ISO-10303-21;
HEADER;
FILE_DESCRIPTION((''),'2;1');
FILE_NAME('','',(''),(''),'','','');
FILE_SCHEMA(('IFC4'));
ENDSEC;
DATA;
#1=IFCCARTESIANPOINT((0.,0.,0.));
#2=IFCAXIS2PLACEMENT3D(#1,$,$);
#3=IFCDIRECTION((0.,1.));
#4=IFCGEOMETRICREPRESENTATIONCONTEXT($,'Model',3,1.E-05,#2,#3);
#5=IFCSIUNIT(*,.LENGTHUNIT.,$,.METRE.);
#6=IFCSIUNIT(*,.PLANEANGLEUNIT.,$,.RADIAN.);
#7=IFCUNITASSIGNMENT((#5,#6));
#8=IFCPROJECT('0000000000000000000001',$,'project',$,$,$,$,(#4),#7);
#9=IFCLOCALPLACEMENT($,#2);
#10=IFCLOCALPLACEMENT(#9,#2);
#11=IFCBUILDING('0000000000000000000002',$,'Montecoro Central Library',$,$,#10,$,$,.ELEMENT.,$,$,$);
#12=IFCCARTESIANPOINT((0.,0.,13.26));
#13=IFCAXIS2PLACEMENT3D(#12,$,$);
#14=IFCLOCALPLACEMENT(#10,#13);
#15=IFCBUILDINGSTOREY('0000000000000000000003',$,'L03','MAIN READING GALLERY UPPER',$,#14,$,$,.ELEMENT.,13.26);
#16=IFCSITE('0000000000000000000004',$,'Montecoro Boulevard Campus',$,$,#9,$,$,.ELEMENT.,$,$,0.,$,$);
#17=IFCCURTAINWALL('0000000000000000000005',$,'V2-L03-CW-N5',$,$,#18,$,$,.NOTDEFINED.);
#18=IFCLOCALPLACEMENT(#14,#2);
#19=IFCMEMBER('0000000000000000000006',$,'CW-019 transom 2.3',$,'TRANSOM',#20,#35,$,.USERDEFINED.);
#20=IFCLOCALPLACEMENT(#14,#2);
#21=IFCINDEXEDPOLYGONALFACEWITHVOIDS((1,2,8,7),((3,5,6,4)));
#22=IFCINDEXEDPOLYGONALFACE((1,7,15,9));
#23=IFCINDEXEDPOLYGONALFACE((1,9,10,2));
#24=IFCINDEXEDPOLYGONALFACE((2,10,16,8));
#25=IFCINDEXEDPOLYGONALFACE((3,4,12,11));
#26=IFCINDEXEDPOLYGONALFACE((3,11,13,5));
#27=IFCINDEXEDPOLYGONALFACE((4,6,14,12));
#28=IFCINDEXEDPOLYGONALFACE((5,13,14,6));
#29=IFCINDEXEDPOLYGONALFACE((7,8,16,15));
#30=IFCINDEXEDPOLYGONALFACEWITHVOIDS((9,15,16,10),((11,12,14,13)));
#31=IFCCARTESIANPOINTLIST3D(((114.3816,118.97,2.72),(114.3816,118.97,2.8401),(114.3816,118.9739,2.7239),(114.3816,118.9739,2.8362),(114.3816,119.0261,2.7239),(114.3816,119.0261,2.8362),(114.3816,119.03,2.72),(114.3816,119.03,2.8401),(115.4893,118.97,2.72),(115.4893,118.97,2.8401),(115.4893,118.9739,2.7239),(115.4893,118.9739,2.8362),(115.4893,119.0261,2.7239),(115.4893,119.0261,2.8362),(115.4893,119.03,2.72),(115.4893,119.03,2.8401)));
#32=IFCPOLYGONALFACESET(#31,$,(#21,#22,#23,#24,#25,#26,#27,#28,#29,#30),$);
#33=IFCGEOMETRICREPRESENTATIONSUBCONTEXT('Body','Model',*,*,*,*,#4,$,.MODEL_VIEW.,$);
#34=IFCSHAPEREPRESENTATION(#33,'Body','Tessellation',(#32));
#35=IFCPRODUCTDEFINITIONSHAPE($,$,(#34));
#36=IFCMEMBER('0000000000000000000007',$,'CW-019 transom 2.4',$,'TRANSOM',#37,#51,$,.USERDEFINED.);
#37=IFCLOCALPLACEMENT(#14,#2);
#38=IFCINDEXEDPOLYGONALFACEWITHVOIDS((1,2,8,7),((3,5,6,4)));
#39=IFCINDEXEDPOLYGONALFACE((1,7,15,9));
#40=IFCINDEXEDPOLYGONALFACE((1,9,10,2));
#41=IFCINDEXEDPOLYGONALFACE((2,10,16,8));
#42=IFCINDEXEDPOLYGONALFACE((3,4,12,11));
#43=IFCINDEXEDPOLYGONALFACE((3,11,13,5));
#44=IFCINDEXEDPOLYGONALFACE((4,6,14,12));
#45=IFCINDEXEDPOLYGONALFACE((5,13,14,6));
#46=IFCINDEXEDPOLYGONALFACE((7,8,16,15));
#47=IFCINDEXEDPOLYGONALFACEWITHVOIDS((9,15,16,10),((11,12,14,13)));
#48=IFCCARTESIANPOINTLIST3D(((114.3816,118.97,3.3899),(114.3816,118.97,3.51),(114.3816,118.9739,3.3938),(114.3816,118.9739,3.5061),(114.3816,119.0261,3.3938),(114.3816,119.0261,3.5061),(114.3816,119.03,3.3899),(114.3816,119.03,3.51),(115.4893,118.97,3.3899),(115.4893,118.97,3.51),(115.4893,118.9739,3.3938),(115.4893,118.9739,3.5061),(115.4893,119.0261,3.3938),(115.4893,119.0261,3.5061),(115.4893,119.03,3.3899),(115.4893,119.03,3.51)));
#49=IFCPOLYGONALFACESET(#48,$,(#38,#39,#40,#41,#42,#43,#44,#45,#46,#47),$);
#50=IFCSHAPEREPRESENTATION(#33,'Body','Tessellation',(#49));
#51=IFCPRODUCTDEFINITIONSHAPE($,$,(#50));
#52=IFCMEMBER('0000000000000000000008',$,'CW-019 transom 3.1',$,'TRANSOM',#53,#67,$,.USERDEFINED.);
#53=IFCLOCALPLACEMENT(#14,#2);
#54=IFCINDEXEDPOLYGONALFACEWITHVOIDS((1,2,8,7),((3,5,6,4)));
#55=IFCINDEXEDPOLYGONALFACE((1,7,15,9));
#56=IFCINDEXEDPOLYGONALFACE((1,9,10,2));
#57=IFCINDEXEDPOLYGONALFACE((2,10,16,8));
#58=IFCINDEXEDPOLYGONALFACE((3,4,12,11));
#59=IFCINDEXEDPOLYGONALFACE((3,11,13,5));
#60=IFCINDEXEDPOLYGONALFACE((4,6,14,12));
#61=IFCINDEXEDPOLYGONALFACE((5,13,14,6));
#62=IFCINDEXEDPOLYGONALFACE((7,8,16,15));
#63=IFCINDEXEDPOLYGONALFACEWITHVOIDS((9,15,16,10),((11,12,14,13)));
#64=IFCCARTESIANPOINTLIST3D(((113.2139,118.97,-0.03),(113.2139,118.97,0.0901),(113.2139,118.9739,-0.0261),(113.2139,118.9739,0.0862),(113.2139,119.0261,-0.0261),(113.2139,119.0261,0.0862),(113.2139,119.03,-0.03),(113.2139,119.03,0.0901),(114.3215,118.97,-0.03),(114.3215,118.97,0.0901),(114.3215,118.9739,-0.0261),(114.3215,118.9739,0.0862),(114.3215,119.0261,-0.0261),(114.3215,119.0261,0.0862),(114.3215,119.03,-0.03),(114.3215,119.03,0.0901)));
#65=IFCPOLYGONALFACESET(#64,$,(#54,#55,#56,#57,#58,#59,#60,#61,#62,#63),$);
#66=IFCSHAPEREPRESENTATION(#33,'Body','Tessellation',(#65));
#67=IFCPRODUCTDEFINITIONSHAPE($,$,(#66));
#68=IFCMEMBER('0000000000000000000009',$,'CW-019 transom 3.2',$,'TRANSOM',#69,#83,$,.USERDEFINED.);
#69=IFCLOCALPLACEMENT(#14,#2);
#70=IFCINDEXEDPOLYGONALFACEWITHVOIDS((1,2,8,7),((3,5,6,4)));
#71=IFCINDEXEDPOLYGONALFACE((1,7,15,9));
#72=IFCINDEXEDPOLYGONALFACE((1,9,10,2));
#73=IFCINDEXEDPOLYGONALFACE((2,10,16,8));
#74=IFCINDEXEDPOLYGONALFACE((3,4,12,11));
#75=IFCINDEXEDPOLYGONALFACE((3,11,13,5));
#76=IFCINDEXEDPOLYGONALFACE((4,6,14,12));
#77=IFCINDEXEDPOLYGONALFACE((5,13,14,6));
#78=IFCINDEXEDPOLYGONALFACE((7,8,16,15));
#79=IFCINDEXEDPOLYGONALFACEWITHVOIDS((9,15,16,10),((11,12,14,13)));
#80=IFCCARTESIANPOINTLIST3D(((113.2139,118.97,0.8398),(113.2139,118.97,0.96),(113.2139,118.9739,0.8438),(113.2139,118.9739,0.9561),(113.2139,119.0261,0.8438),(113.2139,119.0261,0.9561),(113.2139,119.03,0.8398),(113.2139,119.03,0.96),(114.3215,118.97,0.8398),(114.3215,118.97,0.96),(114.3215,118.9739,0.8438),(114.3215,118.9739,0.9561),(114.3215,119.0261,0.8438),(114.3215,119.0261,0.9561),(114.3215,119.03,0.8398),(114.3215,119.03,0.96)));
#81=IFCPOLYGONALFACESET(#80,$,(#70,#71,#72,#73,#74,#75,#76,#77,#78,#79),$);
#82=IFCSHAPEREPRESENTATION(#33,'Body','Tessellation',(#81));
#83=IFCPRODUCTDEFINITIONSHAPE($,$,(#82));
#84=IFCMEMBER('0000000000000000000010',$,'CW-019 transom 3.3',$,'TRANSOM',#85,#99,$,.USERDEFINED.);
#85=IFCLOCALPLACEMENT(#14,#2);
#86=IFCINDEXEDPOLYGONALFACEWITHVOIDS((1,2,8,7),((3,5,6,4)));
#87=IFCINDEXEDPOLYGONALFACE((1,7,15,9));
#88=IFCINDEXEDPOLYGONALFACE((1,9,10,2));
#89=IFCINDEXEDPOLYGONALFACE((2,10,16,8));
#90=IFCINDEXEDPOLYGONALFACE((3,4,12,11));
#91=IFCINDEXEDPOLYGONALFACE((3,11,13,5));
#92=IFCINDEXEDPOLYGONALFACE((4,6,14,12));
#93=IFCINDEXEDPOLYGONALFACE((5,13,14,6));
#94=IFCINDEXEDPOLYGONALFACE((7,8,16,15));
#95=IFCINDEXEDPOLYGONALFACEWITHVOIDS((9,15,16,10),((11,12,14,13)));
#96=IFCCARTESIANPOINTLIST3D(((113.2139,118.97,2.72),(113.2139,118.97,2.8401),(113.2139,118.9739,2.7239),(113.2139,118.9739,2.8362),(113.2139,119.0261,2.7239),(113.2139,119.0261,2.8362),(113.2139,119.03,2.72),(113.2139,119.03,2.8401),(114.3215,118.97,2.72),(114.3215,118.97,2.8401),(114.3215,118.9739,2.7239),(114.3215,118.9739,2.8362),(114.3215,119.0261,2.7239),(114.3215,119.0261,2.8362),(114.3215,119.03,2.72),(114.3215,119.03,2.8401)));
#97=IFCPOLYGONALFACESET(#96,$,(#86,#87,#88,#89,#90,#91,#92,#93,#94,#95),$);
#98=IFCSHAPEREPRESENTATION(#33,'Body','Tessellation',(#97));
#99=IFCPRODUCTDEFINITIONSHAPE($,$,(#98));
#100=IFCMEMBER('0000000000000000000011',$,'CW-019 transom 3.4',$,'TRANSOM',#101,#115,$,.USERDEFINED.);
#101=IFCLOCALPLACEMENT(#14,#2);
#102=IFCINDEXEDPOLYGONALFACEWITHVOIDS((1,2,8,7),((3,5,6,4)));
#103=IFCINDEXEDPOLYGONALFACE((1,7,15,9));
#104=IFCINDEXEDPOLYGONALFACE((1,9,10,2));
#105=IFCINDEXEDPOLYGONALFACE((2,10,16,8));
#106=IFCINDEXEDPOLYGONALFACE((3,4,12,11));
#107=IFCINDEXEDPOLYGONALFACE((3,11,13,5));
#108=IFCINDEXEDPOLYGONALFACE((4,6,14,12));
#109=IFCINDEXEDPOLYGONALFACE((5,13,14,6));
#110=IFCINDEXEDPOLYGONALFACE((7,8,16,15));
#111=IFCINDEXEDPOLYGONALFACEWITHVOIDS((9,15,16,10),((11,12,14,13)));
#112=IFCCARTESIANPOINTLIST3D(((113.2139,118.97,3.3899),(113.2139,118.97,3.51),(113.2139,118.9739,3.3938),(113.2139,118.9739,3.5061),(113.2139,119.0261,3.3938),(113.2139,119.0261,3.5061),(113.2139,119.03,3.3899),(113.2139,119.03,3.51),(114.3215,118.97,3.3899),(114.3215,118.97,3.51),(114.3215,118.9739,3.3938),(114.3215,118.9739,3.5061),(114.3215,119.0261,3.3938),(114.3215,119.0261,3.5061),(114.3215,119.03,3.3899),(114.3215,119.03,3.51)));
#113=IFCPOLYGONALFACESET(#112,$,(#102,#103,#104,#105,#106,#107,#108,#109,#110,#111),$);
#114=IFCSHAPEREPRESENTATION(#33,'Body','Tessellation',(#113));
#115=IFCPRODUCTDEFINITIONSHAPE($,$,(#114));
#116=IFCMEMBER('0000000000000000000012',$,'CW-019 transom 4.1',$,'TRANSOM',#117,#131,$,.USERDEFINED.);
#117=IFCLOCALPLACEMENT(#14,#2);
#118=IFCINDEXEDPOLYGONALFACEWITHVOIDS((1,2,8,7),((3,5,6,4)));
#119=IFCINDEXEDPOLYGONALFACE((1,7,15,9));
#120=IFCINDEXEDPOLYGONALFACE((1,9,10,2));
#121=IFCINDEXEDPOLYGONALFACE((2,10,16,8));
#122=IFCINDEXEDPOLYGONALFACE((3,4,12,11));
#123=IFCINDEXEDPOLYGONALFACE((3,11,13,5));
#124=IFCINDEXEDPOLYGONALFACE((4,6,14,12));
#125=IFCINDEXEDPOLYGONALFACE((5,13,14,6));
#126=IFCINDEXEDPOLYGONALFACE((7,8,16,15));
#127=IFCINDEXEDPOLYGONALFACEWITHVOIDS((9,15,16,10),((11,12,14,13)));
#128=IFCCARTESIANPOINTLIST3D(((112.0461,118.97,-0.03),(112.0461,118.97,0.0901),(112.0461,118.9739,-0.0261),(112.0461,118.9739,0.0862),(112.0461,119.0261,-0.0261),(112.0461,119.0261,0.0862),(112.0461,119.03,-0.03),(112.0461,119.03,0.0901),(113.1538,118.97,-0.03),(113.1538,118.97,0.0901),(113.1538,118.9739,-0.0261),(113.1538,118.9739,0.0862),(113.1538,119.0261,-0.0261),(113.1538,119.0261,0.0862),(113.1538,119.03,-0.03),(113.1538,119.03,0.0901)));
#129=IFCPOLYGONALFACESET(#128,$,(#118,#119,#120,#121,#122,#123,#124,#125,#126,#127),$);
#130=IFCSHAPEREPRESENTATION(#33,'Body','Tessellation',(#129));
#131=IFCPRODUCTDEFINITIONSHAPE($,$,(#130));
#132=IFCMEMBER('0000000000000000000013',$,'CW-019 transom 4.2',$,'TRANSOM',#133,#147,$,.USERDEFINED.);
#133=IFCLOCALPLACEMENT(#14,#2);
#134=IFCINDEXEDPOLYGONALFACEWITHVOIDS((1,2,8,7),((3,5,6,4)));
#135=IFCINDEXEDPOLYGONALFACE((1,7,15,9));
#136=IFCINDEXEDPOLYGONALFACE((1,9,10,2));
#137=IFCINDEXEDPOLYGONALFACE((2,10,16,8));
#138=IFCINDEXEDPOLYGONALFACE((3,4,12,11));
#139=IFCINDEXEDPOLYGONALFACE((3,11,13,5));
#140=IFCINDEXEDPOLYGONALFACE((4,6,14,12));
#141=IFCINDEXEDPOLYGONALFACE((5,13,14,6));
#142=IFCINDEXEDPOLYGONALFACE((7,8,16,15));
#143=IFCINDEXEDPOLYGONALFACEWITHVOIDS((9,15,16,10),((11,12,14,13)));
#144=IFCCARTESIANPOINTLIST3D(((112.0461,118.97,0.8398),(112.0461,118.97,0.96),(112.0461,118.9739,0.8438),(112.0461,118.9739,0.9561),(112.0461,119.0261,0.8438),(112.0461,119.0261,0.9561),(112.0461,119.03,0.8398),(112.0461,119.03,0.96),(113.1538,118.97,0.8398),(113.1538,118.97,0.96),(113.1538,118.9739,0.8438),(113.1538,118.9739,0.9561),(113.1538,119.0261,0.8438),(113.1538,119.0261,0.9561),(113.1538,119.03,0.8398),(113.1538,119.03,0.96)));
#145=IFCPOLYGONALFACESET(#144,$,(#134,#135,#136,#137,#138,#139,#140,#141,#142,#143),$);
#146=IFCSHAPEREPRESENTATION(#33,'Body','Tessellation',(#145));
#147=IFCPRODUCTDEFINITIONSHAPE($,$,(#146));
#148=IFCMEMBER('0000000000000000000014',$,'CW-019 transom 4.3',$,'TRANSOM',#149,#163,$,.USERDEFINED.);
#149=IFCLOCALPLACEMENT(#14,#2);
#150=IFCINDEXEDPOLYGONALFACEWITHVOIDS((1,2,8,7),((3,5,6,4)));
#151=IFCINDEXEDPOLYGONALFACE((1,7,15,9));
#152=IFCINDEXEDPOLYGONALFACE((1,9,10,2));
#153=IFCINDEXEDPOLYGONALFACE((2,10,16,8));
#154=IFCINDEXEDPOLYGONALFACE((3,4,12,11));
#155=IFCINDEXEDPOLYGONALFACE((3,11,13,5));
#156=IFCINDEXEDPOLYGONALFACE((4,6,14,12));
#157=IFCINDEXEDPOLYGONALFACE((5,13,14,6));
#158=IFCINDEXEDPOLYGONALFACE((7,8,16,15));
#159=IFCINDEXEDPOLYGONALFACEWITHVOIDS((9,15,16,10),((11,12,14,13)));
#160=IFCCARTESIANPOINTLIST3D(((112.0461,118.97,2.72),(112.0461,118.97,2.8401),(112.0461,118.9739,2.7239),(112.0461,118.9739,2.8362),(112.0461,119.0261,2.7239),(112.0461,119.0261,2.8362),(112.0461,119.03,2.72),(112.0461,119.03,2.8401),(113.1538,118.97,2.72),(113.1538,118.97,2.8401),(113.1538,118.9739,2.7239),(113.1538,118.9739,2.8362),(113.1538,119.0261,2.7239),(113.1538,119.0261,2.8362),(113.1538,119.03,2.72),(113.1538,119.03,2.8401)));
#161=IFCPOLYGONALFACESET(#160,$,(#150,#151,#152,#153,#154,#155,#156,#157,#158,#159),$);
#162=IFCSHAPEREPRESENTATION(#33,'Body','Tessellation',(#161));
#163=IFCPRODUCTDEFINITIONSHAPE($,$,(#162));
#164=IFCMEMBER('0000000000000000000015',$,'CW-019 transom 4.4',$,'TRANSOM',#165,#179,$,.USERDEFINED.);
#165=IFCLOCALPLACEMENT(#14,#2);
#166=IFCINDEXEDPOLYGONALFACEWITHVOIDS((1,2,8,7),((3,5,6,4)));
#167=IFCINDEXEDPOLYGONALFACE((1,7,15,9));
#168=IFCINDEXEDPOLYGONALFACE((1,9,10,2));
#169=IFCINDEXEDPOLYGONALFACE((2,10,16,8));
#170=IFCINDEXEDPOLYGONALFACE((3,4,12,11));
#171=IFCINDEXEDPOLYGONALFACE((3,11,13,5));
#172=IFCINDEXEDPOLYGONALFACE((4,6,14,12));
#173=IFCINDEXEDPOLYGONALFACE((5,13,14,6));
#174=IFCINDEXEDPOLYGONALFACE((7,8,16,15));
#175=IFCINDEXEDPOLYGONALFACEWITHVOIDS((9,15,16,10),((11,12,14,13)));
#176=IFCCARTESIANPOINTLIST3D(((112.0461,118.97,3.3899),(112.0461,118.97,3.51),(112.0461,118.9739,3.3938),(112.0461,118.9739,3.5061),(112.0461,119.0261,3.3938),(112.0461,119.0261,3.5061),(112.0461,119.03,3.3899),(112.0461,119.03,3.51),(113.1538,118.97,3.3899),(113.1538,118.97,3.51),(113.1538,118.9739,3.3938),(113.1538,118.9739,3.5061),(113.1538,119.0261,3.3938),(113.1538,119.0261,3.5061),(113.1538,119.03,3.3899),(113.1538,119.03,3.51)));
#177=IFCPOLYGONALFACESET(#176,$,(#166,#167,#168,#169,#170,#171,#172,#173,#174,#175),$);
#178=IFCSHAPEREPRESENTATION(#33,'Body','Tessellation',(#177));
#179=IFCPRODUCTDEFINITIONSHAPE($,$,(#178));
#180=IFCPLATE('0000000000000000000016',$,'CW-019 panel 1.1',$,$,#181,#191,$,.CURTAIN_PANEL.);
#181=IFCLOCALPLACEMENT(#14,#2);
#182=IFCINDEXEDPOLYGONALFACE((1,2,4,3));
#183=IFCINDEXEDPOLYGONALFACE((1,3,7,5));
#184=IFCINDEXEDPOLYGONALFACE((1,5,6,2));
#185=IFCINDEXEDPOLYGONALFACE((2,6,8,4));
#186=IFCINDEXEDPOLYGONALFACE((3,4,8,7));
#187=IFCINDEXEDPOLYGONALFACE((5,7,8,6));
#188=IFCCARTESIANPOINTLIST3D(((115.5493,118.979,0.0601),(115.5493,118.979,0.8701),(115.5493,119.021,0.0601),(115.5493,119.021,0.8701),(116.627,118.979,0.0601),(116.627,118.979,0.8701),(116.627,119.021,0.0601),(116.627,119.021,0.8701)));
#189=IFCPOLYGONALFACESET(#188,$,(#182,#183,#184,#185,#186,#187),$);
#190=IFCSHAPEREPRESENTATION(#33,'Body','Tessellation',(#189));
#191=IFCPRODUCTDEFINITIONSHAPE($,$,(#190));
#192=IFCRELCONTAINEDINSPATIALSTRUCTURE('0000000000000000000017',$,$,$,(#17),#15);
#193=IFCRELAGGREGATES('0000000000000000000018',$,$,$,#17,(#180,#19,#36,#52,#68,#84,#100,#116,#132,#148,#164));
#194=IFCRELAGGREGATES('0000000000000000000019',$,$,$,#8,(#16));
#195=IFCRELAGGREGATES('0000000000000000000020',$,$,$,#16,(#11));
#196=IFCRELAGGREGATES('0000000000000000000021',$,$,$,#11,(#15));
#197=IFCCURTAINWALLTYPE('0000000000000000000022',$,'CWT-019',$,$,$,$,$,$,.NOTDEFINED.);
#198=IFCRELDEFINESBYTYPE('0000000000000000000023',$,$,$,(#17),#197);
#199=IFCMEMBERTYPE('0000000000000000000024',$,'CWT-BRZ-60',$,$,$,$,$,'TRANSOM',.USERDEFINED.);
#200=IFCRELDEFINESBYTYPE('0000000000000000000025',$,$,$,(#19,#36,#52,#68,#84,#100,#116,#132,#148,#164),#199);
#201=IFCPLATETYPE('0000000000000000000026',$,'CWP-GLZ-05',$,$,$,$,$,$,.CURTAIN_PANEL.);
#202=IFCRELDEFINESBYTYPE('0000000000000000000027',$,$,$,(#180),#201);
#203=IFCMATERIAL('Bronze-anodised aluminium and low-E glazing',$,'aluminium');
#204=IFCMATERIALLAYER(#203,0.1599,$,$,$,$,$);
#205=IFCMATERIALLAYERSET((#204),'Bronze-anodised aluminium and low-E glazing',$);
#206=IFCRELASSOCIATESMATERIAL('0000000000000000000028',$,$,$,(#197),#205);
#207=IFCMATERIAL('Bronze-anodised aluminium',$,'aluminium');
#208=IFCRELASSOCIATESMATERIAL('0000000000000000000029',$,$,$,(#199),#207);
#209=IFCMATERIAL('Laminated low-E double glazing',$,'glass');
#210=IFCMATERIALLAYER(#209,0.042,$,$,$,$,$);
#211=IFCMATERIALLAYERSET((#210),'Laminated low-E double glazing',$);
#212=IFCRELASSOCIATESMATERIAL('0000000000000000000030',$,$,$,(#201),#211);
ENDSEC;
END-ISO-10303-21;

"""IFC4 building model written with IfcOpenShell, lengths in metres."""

from ifc_helpers import new_model, si_unit, direction, frame, origin, origin_2d, place, context, subcontext, project, spatial, rectangle, hollow_rectangle, extrude, material, layer, layer_set, material_profile, profile_set, type_object, element, aggregate, save


model = new_model("IFC4")

# Units and contexts
model_context = context("Model", 3, precision=1e-05, world=origin(), true_north=direction((0.0, 1.0)))
body_context = subcontext(model_context, "Body", "Model", "MODEL_VIEW")
ifc_project = project(units=[si_unit("LENGTHUNIT", "METRE"), si_unit("PLANEANGLEUNIT", "RADIAN")], contexts=[model_context])

# Site, building, storey
site_placement = place(None, origin())
site = spatial("IfcSite", under=ifc_project, at=site_placement, Name="Montecoro Boulevard Campus", CompositionType="ELEMENT", RefElevation=0.0)
building_placement = place(site_placement, origin())
building = spatial("IfcBuilding", under=site, at=building_placement, Name="Montecoro Central Library", CompositionType="ELEMENT")
storey_placement = place(building_placement, frame((0.0, 0.0, 13.26)))
storey = spatial("IfcBuildingStorey", under=building, at=storey_placement, Name="L03", Description="MAIN READING GALLERY UPPER", CompositionType="ELEMENT", Elevation=13.26)

# Curtain wall, members, plate
ifc_material_1 = material(Name="Bronze-anodised aluminium and low-E glazing", Category="aluminium")
ifc_layer_1 = layer(ifc_material_1, 0.1599)
ifc_layer_set_1 = layer_set([ifc_layer_1], Name="Bronze-anodised aluminium and low-E glazing")
curtain_wall_type = type_object("IfcCurtainWallType", Name="CWT-019", PredefinedType="NOTDEFINED", material=ifc_layer_set_1)
curtain_wall_placement = place(storey_placement, origin())
curtain_wall = element("IfcCurtainWall", 1, at=curtain_wall_placement, inside=storey, type_object=curtain_wall_type, Name="V2-L03-CW-N5", PredefinedType="NOTDEFINED")
ifc_material_2 = material(Name="Bronze-anodised aluminium", Category="aluminium")
ifc_material_profile_1 = material_profile(ifc_material_2, hollow_rectangle(XDim=0.0601, YDim=0.1201, WallThickness=0.0039, at=origin_2d()), Name="CWT 120x60x4.0")
ifc_profile_set_1 = profile_set([ifc_material_profile_1], Name="Bronze-anodised aluminium")
member_type_1 = type_object("IfcMemberType", Name="CWT-BRZ-60", ElementType="TRANSOM", PredefinedType="USERDEFINED", material=ifc_profile_set_1)
member_1_placement = place(storey_placement, frame((115.4893, 119.0, 2.78), z_axis=(-1.0, 0.0, 0.0), x_axis=(0.0, -1.0, 0.0)))
member_1 = element("IfcMember", 2, at=member_1_placement, type_object=member_type_1, Name="CW-019 transom 2.3", ObjectType="TRANSOM", PredefinedType="USERDEFINED", context=body_context, shape_type="SweptSolid", body=[
    extrude(hollow_rectangle(XDim=0.0601, YDim=0.1201, WallThickness=0.0039, at=origin_2d()), origin(), (0.0, 0.0, 1.0), 1.1077),
])
member_2_placement = place(storey_placement, frame((115.4893, 119.0, 3.45), z_axis=(-1.0, 0.0, 0.0), x_axis=(0.0, -1.0, 0.0)))
member_2 = element("IfcMember", 3, at=member_2_placement, type_object=member_type_1, Name="CW-019 transom 2.4", ObjectType="TRANSOM", PredefinedType="USERDEFINED", context=body_context, shape_type="SweptSolid", body=[
    extrude(hollow_rectangle(XDim=0.0601, YDim=0.1201, WallThickness=0.0039, at=origin_2d()), origin(), (0.0, 0.0, 1.0), 1.1077),
])
member_3_placement = place(storey_placement, frame((114.3215, 119.0, 0.03), z_axis=(-1.0, 0.0, 0.0), x_axis=(0.0, -1.0, 0.0)))
member_3 = element("IfcMember", 4, at=member_3_placement, type_object=member_type_1, Name="CW-019 transom 3.1", ObjectType="TRANSOM", PredefinedType="USERDEFINED", context=body_context, shape_type="SweptSolid", body=[
    extrude(hollow_rectangle(XDim=0.0601, YDim=0.1201, WallThickness=0.0039, at=origin_2d()), origin(), (0.0, 0.0, 1.0), 1.1077),
])
member_4_placement = place(storey_placement, frame((114.3215, 119.0, 0.8999), z_axis=(-1.0, 0.0, 0.0), x_axis=(0.0, -1.0, 0.0)))
member_4 = element("IfcMember", 5, at=member_4_placement, type_object=member_type_1, Name="CW-019 transom 3.2", ObjectType="TRANSOM", PredefinedType="USERDEFINED", context=body_context, shape_type="SweptSolid", body=[
    extrude(hollow_rectangle(XDim=0.0601, YDim=0.1201, WallThickness=0.0039, at=origin_2d()), origin(), (0.0, 0.0, 1.0), 1.1077),
])
member_5_placement = place(storey_placement, frame((114.3215, 119.0, 2.78), z_axis=(-1.0, 0.0, 0.0), x_axis=(0.0, -1.0, 0.0)))
member_5 = element("IfcMember", 6, at=member_5_placement, type_object=member_type_1, Name="CW-019 transom 3.3", ObjectType="TRANSOM", PredefinedType="USERDEFINED", context=body_context, shape_type="SweptSolid", body=[
    extrude(hollow_rectangle(XDim=0.0601, YDim=0.1201, WallThickness=0.0039, at=origin_2d()), origin(), (0.0, 0.0, 1.0), 1.1077),
])
member_6_placement = place(storey_placement, frame((114.3215, 119.0, 3.45), z_axis=(-1.0, 0.0, 0.0), x_axis=(0.0, -1.0, 0.0)))
member_6 = element("IfcMember", 7, at=member_6_placement, type_object=member_type_1, Name="CW-019 transom 3.4", ObjectType="TRANSOM", PredefinedType="USERDEFINED", context=body_context, shape_type="SweptSolid", body=[
    extrude(hollow_rectangle(XDim=0.0601, YDim=0.1201, WallThickness=0.0039, at=origin_2d()), origin(), (0.0, 0.0, 1.0), 1.1077),
])
member_7_placement = place(storey_placement, frame((113.1538, 119.0, 0.03), z_axis=(-1.0, 0.0, 0.0), x_axis=(0.0, -1.0, 0.0)))
member_7 = element("IfcMember", 8, at=member_7_placement, type_object=member_type_1, Name="CW-019 transom 4.1", ObjectType="TRANSOM", PredefinedType="USERDEFINED", context=body_context, shape_type="SweptSolid", body=[
    extrude(hollow_rectangle(XDim=0.0601, YDim=0.1201, WallThickness=0.0039, at=origin_2d()), origin(), (0.0, 0.0, 1.0), 1.1077),
])
member_8_placement = place(storey_placement, frame((113.1538, 119.0, 0.8999), z_axis=(-1.0, 0.0, 0.0), x_axis=(0.0, -1.0, 0.0)))
member_8 = element("IfcMember", 9, at=member_8_placement, type_object=member_type_1, Name="CW-019 transom 4.2", ObjectType="TRANSOM", PredefinedType="USERDEFINED", context=body_context, shape_type="SweptSolid", body=[
    extrude(hollow_rectangle(XDim=0.0601, YDim=0.1201, WallThickness=0.0039, at=origin_2d()), origin(), (0.0, 0.0, 1.0), 1.1077),
])
member_9_placement = place(storey_placement, frame((113.1538, 119.0, 2.78), z_axis=(-1.0, 0.0, 0.0), x_axis=(0.0, -1.0, 0.0)))
member_9 = element("IfcMember", 10, at=member_9_placement, type_object=member_type_1, Name="CW-019 transom 4.3", ObjectType="TRANSOM", PredefinedType="USERDEFINED", context=body_context, shape_type="SweptSolid", body=[
    extrude(hollow_rectangle(XDim=0.0601, YDim=0.1201, WallThickness=0.0039, at=origin_2d()), origin(), (0.0, 0.0, 1.0), 1.1077),
])
member_10_placement = place(storey_placement, frame((113.1538, 119.0, 3.45), z_axis=(-1.0, 0.0, 0.0), x_axis=(0.0, -1.0, 0.0)))
member_10 = element("IfcMember", 11, at=member_10_placement, type_object=member_type_1, Name="CW-019 transom 4.4", ObjectType="TRANSOM", PredefinedType="USERDEFINED", context=body_context, shape_type="SweptSolid", body=[
    extrude(hollow_rectangle(XDim=0.0601, YDim=0.1201, WallThickness=0.0039, at=origin_2d()), origin(), (0.0, 0.0, 1.0), 1.1077),
])
ifc_material_3 = material(Name="Laminated low-E double glazing", Category="glass")
ifc_layer_2 = layer(ifc_material_3, 0.042)
ifc_layer_set_2 = layer_set([ifc_layer_2], Name="Laminated low-E double glazing")
plate_type = type_object("IfcPlateType", Name="CWP-GLZ-05", PredefinedType="CURTAIN_PANEL", material=ifc_layer_set_2)
plate_1_placement = place(storey_placement, frame((116.0881, 119.0, 0.0601), z_axis=(0.0, 0.0, 1.0), x_axis=(-1.0, 0.0, 0.0)))
plate_1 = element("IfcPlate", 12, at=plate_1_placement, type_object=plate_type, Name="CW-019 panel 1.1", PredefinedType="CURTAIN_PANEL", context=body_context, shape_type="SweptSolid", body=[
    extrude(rectangle(XDim=1.0776, YDim=0.042, at=origin_2d()), origin(), (0.0, 0.0, 1.0), 0.8101),
])
aggregate(curtain_wall, [plate_1, member_1, member_2, member_3, member_4, member_5, member_6, member_7, member_8, member_9, member_10])

save(model, "model.ifc")
